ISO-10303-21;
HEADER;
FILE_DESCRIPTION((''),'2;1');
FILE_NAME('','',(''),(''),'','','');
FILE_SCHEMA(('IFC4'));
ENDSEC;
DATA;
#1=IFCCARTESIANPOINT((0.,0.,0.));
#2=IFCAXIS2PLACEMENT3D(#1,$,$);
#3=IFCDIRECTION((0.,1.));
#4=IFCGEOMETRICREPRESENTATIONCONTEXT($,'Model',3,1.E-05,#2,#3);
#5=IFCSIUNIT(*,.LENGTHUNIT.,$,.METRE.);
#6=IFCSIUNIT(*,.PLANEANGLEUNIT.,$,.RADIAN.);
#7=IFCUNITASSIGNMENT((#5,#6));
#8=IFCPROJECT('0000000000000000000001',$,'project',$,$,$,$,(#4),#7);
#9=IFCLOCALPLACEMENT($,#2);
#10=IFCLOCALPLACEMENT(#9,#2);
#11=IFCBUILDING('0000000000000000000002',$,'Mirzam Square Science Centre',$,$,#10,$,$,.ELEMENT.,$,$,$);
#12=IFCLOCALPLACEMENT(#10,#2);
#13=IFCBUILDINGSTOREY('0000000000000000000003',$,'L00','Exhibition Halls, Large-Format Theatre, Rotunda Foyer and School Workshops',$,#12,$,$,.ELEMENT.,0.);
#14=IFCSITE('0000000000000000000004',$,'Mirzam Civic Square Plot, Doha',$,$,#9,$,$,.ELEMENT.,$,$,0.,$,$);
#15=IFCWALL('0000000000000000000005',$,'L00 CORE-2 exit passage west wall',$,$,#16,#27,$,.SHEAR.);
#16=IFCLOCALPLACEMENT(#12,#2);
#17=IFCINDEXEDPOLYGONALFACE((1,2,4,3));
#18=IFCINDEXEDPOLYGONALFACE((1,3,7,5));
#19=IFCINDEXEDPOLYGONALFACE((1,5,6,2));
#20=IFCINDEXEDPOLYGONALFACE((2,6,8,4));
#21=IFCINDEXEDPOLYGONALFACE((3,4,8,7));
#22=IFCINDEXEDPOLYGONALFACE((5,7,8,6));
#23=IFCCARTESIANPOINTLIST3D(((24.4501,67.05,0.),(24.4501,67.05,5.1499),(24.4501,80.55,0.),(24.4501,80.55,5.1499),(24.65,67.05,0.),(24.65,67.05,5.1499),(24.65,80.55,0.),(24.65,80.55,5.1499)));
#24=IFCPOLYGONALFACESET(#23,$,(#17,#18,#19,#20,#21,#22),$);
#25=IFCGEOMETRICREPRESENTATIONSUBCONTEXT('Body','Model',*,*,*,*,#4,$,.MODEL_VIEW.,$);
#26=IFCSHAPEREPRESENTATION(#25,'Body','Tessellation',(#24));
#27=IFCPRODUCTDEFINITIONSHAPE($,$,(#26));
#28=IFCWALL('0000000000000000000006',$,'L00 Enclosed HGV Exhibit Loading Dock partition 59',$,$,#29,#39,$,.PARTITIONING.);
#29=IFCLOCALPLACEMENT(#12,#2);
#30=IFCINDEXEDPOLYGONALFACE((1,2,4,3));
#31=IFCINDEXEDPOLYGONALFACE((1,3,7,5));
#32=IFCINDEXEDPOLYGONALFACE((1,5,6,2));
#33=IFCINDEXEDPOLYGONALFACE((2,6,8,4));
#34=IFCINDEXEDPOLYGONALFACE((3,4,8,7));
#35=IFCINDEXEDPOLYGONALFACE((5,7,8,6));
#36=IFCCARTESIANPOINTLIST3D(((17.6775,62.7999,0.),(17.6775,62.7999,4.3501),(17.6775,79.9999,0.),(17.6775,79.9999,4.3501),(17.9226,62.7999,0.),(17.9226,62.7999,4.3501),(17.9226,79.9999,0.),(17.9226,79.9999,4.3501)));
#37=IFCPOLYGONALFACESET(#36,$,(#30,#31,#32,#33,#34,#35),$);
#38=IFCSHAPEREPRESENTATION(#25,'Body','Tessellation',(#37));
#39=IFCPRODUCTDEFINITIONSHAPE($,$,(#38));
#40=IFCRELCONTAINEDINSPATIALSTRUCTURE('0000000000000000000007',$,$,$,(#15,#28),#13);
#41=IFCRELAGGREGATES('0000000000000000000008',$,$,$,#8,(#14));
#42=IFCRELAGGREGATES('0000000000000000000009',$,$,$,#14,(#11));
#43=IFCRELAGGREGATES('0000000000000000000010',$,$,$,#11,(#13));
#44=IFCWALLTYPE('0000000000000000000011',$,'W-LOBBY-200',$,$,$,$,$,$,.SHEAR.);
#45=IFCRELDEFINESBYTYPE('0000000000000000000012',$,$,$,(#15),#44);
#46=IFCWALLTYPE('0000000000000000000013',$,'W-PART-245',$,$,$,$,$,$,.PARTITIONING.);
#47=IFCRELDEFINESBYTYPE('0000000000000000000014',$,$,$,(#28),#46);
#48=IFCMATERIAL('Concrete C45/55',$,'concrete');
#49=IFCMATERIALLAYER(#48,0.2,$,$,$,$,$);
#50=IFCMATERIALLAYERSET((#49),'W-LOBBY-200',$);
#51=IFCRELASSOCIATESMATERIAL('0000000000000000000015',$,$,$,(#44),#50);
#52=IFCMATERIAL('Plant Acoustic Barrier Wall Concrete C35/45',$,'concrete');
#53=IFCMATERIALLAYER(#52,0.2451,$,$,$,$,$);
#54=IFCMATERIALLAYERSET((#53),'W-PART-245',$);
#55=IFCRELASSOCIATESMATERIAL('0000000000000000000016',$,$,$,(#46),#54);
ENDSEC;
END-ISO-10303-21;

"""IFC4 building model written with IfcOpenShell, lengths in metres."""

from ifc_helpers import new_model, si_unit, direction, frame, frame_2d, origin, place, context, subcontext, project, spatial, rectangle, extrude, material, layer, layer_set, type_object, element, save


model = new_model("IFC4")

# Units and contexts
model_context = context("Model", 3, precision=1e-05, world=origin(), true_north=direction((0.0, 1.0)))
body_context = subcontext(model_context, "Body", "Model", "MODEL_VIEW")
ifc_project = project(units=[si_unit("LENGTHUNIT", "METRE"), si_unit("PLANEANGLEUNIT", "RADIAN")], contexts=[model_context])

# Site, building, storey
site_placement = place(None, origin())
site = spatial("IfcSite", under=ifc_project, at=site_placement, Name="Mirzam Civic Square Plot, Doha", CompositionType="ELEMENT", RefElevation=0.0)
building_placement = place(site_placement, origin())
building = spatial("IfcBuilding", under=site, at=building_placement, Name="Mirzam Square Science Centre", CompositionType="ELEMENT")
storey_placement = place(building_placement, origin())
storey = spatial("IfcBuildingStorey", under=building, at=storey_placement, Name="L00", Description="Exhibition Halls, Large-Format Theatre, Rotunda Foyer and School Workshops", CompositionType="ELEMENT", Elevation=0.0)

# Shared definitions
ifc_material_1 = material(Name="Concrete C45/55", Category="concrete")

# Walls
ifc_layer_1 = layer(ifc_material_1, 0.2)
ifc_layer_set_1 = layer_set([ifc_layer_1], Name="W-LOBBY-200")
wall_type_1 = type_object("IfcWallType", Name="W-LOBBY-200", PredefinedType="SHEAR", material=ifc_layer_set_1)
wall_1_placement = place(storey_placement, frame((24.55, 80.55, 0.0), z_axis=(0.0, 0.0, 1.0), x_axis=(0.0, -1.0, 0.0)))
element("IfcWall", 1, at=wall_1_placement, inside=storey, type_object=wall_type_1, Name="L00 CORE-2 exit passage west wall", PredefinedType="SHEAR", context=body_context, shape_type="SweptSolid", body=[
    extrude(rectangle(XDim=13.5, YDim=0.2, at=frame_2d((6.75, 0.0))), origin(), (0.0, 0.0, 1.0), 5.1499),
])
ifc_material_2 = material(Name="Plant Acoustic Barrier Wall Concrete C35/45", Category="concrete")
ifc_layer_2 = layer(ifc_material_2, 0.2451)
ifc_layer_set_2 = layer_set([ifc_layer_2], Name="W-PART-245")
wall_type_2 = type_object("IfcWallType", Name="W-PART-245", PredefinedType="PARTITIONING", material=ifc_layer_set_2)
wall_2_placement = place(storey_placement, frame((17.8, 80.0, 0.0), z_axis=(0.0, 0.0, 1.0), x_axis=(0.0, -1.0, 0.0)))
element("IfcWall", 2, at=wall_2_placement, inside=storey, type_object=wall_type_2, Name="L00 Enclosed HGV Exhibit Loading Dock partition 59", PredefinedType="PARTITIONING", context=body_context, shape_type="SweptSolid", body=[
    extrude(rectangle(XDim=17.2, YDim=0.2451, at=frame_2d((8.6001, 0.0))), origin(), (0.0, 0.0, 1.0), 4.3501),
])

save(model, "model.ifc")
